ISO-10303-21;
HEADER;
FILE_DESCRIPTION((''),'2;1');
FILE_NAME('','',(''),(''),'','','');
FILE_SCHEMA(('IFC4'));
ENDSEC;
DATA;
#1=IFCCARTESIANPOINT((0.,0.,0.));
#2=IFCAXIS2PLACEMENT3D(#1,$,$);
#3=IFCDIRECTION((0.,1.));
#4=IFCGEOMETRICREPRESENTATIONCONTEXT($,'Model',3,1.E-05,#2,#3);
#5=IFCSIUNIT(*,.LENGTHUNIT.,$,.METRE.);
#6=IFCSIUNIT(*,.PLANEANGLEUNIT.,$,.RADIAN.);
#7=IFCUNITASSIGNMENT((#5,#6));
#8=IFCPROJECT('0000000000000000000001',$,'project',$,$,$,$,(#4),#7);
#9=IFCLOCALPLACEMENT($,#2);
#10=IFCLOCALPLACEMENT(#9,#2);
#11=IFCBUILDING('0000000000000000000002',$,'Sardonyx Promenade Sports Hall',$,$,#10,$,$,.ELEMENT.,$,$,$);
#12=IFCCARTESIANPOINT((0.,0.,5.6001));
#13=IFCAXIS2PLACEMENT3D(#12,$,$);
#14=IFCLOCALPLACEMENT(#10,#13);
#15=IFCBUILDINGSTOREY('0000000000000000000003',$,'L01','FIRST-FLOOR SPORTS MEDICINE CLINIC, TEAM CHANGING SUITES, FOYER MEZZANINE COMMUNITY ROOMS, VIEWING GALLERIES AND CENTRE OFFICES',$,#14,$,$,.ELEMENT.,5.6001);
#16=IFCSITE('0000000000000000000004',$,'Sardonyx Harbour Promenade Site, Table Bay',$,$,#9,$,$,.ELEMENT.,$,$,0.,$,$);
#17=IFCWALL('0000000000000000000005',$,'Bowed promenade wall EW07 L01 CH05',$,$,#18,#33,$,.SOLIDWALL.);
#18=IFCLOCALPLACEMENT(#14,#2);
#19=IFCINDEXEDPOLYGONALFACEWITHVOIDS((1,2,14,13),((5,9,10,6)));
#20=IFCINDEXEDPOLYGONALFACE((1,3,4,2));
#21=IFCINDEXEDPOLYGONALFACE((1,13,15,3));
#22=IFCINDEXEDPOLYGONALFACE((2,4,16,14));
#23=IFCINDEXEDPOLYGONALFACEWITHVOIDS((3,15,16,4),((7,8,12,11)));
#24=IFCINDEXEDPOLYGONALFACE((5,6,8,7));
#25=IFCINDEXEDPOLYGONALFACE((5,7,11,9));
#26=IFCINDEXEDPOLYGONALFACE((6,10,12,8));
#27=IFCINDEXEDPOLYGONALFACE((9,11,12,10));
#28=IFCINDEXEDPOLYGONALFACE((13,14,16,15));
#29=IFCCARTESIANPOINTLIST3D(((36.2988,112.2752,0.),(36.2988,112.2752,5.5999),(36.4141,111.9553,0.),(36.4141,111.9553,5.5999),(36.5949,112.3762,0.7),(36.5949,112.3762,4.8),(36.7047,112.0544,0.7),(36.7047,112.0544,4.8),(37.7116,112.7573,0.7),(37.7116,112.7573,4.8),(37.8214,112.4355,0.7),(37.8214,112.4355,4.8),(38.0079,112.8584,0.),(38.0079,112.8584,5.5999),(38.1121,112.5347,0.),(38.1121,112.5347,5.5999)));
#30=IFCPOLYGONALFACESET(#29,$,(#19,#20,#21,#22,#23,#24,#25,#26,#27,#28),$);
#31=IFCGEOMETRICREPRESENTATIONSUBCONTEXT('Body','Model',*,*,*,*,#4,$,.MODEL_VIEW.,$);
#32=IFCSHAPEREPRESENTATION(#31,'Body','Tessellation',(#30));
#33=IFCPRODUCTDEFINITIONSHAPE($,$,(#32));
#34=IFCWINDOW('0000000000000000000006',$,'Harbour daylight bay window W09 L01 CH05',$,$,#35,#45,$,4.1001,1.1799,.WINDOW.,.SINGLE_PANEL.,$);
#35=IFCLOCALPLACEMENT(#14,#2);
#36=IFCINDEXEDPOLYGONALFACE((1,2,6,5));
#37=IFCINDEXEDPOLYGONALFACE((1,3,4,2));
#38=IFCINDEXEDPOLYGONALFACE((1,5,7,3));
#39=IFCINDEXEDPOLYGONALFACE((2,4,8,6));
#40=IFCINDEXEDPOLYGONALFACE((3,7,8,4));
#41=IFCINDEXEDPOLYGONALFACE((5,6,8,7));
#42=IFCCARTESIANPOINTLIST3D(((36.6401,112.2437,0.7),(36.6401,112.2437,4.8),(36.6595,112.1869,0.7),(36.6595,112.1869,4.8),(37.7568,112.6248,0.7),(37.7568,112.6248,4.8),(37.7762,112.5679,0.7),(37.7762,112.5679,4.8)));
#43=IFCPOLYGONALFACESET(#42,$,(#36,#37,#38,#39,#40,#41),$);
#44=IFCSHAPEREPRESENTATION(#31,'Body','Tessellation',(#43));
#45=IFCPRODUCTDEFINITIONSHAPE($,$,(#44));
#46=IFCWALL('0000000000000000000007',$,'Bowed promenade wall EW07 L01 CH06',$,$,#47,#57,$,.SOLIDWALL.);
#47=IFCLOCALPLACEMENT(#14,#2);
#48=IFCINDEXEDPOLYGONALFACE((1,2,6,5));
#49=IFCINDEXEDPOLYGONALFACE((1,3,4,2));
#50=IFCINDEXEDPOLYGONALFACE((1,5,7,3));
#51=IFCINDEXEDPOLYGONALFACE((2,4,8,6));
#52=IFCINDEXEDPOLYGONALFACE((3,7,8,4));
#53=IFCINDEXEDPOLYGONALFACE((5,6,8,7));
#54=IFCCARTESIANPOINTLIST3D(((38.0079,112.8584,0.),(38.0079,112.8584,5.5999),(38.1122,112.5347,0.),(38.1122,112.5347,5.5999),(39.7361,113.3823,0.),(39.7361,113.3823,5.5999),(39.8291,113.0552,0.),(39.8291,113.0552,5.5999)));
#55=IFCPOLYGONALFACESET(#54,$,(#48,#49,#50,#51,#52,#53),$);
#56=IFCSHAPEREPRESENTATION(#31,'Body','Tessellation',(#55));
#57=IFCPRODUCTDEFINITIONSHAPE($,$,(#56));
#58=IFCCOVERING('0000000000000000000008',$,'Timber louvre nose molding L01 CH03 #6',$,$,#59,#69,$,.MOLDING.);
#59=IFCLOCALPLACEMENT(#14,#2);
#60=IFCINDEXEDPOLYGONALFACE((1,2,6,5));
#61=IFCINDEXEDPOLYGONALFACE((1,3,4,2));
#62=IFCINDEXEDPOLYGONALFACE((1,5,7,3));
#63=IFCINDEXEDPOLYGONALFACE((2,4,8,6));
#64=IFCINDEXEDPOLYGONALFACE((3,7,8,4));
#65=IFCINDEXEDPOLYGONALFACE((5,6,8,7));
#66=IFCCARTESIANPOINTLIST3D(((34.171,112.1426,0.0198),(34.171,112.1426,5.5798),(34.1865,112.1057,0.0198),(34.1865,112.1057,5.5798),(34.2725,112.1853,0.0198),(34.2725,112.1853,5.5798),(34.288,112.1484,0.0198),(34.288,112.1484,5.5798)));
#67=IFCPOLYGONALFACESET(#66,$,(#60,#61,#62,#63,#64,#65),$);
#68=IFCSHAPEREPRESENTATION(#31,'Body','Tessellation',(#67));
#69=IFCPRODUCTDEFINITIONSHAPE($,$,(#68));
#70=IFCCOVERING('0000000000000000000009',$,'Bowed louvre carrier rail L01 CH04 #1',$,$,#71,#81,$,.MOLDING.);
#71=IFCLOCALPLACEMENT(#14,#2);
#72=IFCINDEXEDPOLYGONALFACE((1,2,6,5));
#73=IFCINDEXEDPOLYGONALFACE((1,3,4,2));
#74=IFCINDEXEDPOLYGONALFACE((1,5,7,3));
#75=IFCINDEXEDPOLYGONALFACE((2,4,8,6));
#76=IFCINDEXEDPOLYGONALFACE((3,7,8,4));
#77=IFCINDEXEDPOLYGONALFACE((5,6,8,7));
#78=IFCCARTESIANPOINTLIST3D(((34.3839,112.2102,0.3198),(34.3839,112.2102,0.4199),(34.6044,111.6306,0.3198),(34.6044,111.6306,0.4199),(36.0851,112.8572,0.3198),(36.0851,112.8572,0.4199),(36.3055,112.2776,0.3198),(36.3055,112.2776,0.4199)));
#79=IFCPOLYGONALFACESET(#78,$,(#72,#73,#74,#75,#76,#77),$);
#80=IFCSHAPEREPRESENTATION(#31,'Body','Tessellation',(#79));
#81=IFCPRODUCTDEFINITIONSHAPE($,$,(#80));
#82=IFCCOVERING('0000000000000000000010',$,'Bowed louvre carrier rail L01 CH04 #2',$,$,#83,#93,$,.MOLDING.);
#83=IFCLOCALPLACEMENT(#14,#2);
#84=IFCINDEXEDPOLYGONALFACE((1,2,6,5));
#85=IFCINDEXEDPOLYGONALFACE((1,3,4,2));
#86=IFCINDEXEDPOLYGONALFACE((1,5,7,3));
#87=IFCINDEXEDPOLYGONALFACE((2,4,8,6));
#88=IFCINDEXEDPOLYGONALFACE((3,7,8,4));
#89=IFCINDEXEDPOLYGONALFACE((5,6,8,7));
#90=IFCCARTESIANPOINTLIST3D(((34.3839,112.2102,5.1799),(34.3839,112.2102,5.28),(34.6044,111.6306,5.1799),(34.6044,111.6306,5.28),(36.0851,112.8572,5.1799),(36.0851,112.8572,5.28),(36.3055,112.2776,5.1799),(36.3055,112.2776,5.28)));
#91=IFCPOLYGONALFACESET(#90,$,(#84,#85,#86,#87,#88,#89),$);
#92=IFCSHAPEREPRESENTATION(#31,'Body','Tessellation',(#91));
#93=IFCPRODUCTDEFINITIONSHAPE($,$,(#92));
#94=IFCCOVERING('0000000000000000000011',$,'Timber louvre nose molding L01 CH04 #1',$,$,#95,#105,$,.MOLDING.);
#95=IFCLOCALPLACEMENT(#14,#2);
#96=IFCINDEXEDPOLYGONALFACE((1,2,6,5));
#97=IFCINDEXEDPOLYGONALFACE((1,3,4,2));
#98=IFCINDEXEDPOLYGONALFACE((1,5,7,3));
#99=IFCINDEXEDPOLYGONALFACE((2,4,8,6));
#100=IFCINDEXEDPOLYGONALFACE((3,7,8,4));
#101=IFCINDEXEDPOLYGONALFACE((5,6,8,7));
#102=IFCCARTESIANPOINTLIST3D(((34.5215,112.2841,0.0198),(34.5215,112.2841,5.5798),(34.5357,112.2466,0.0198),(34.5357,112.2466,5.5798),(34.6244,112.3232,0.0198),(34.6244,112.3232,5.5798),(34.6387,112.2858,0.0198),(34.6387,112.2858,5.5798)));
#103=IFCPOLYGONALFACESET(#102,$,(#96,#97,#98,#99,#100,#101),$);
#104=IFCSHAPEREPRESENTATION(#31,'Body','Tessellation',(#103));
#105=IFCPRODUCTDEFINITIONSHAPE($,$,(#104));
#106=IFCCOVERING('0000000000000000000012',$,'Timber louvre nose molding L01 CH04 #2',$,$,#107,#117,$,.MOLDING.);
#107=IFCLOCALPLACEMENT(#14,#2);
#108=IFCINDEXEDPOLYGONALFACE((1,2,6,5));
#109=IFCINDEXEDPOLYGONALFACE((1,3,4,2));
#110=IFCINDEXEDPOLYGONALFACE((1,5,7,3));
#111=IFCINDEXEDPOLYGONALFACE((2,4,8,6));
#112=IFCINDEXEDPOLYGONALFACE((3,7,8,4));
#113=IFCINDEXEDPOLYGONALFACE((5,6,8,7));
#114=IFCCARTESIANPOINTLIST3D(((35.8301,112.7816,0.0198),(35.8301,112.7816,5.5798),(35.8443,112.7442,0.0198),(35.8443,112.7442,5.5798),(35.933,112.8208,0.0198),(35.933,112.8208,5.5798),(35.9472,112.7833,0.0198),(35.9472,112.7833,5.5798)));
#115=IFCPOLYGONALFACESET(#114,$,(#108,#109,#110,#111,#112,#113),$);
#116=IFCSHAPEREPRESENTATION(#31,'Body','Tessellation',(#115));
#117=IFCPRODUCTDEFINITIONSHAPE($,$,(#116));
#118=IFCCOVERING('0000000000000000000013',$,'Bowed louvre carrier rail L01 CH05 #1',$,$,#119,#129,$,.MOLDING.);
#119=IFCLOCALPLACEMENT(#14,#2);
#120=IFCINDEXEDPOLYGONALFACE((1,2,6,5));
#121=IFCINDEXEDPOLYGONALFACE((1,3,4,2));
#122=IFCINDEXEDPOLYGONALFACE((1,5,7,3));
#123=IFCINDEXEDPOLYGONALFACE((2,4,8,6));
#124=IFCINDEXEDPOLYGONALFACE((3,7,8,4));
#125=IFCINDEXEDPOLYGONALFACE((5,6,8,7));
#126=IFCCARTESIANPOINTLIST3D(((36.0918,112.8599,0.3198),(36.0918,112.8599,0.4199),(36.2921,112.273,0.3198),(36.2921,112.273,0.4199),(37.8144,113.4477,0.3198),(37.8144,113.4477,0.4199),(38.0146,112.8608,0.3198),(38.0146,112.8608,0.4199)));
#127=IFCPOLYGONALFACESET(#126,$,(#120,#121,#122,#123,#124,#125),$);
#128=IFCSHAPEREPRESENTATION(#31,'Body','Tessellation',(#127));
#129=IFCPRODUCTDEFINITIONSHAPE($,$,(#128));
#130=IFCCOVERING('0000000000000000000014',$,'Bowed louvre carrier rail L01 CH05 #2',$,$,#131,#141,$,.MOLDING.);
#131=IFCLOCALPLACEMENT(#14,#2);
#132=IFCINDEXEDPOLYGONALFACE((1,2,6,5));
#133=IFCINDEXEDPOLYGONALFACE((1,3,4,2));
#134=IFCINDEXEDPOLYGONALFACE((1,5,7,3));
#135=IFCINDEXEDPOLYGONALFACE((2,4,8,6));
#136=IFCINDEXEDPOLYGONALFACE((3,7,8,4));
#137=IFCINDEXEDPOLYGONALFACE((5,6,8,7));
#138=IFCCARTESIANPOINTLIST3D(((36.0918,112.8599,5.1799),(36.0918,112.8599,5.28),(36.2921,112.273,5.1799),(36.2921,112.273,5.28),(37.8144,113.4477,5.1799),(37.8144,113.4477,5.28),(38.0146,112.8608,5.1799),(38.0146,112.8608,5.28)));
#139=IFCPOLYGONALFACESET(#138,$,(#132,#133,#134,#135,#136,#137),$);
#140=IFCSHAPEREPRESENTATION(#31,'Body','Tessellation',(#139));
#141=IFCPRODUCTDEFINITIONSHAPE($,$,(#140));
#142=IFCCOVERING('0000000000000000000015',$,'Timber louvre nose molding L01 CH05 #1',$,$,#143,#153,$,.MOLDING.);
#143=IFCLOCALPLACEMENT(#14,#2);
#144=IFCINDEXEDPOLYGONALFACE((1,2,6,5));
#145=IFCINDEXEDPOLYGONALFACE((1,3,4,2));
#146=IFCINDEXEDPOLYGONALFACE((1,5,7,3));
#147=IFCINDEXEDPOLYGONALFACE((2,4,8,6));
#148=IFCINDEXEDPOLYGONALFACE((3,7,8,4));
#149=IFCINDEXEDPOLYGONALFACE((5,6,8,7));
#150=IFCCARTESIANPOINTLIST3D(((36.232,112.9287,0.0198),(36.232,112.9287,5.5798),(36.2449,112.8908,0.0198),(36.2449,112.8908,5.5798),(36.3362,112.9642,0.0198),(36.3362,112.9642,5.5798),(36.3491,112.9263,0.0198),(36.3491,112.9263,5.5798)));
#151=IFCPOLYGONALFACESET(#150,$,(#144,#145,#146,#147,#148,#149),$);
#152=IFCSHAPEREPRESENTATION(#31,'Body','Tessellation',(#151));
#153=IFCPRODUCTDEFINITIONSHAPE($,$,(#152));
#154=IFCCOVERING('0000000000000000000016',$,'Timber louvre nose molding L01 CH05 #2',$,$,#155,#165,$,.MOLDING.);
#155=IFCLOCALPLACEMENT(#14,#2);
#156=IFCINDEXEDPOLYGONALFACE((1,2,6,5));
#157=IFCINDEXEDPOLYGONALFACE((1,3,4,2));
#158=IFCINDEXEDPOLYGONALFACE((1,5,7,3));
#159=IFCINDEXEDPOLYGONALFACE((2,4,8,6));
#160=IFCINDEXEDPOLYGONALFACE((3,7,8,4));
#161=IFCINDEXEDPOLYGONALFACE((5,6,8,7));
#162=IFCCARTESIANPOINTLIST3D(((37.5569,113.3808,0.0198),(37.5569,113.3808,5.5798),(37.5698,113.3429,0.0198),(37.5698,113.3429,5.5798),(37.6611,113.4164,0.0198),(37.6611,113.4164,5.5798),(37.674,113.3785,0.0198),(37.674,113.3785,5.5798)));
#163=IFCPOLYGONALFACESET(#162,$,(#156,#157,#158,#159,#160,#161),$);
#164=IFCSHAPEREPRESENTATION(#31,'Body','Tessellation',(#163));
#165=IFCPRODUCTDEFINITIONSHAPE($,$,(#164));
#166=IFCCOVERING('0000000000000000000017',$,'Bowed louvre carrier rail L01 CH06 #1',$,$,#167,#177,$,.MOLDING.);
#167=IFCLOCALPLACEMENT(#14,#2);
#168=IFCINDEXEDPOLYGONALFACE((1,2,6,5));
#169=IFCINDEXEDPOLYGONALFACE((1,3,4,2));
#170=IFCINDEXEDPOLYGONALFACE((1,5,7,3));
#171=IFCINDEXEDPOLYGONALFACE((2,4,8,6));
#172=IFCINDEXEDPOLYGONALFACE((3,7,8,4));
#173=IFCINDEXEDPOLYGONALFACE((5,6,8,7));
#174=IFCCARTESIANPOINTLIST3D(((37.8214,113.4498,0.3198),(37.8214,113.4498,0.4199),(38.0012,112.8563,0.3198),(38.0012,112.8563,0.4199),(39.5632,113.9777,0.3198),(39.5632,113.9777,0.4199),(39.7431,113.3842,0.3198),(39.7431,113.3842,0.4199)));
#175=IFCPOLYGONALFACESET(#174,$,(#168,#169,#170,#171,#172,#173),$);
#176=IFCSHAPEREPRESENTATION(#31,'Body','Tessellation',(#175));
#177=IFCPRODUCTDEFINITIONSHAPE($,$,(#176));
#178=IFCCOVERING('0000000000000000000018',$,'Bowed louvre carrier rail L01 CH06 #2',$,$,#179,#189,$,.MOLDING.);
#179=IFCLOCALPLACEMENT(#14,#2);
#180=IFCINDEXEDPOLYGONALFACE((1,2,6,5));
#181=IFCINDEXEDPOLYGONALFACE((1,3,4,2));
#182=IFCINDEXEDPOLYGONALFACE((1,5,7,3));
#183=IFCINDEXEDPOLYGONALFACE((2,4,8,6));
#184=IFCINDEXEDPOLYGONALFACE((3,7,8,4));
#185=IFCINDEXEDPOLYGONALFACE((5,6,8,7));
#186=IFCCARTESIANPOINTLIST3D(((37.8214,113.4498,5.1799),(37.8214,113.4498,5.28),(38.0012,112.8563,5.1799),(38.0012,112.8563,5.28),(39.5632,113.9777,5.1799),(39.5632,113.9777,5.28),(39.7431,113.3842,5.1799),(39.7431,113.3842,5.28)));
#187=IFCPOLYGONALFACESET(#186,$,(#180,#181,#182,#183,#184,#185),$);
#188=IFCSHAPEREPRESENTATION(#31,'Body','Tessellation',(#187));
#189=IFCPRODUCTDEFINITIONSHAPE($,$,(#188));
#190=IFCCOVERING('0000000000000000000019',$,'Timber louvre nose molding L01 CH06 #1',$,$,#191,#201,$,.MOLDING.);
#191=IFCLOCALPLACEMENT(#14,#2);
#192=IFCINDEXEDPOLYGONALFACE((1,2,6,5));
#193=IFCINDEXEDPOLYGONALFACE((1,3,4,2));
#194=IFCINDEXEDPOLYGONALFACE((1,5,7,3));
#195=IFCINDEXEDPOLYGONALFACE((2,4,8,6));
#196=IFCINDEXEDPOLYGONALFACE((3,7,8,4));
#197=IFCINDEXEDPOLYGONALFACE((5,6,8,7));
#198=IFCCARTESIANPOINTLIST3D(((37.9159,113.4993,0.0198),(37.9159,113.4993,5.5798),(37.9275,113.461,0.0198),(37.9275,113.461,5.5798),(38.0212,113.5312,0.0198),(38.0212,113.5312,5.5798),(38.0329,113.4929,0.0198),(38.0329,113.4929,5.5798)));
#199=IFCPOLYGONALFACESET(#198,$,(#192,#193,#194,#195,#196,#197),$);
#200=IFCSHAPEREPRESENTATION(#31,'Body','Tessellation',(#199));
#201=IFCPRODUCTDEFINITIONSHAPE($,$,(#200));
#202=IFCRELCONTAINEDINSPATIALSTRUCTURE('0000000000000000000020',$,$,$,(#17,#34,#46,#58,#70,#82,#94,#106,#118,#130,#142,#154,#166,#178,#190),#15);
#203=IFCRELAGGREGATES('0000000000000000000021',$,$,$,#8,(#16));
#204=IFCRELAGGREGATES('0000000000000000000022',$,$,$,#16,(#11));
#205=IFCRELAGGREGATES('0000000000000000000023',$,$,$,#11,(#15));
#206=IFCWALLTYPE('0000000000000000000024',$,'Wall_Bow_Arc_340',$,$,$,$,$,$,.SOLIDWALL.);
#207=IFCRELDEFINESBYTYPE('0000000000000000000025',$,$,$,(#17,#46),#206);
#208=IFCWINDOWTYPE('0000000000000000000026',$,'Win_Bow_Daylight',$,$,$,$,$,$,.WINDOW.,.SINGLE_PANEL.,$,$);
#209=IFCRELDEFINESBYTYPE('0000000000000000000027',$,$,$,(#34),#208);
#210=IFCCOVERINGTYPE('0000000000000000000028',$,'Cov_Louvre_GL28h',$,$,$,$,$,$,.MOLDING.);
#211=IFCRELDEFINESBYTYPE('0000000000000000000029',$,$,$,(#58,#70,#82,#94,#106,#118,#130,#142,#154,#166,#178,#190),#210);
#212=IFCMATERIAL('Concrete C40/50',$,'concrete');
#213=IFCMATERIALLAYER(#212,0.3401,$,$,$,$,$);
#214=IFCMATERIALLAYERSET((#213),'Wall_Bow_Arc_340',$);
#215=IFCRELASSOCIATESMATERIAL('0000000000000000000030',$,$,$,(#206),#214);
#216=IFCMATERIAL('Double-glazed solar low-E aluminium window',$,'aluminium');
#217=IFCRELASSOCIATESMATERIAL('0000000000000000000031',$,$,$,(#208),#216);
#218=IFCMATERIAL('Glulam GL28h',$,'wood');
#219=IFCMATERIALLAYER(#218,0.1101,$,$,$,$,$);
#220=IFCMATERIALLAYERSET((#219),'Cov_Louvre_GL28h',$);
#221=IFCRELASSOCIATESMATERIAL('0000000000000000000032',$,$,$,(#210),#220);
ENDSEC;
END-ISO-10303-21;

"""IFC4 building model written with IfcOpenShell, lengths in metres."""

from ifc_helpers import new_model, si_unit, direction, frame, frame_2d, origin, origin_2d, place, context, subcontext, project, spatial, polyline, rectangle, outline, extrude, material, layer, layer_set, type_object, element, fill, save


model = new_model("IFC4")

# Units and contexts
model_context = context("Model", 3, precision=1e-05, world=origin(), true_north=direction((0.0, 1.0)))
body_context = subcontext(model_context, "Body", "Model", "MODEL_VIEW")
ifc_project = project(units=[si_unit("LENGTHUNIT", "METRE"), si_unit("PLANEANGLEUNIT", "RADIAN")], contexts=[model_context])

# Site, building, storey
site_placement = place(None, origin())
site = spatial("IfcSite", under=ifc_project, at=site_placement, Name="Sardonyx Harbour Promenade Site, Table Bay", CompositionType="ELEMENT", RefElevation=0.0)
building_placement = place(site_placement, origin())
building = spatial("IfcBuilding", under=site, at=building_placement, Name="Sardonyx Promenade Sports Hall", CompositionType="ELEMENT")
storey_placement = place(building_placement, frame((0.0, 0.0, 5.6001)))
storey = spatial("IfcBuildingStorey", under=building, at=storey_placement, Name="L01", Description="FIRST-FLOOR SPORTS MEDICINE CLINIC, TEAM CHANGING SUITES, FOYER MEZZANINE COMMUNITY ROOMS, VIEWING GALLERIES AND CENTRE OFFICES", CompositionType="ELEMENT", Elevation=5.6001)

# Wall, opening, window
ifc_material_1 = material(Name="Concrete C40/50", Category="concrete")
ifc_layer_1 = layer(ifc_material_1, 0.3401)
ifc_layer_set_1 = layer_set([ifc_layer_1], Name="Wall_Bow_Arc_340")
wall_type = type_object("IfcWallType", Name="Wall_Bow_Arc_340", PredefinedType="SOLIDWALL", material=ifc_layer_set_1)
wall_1_placement = place(storey_placement, frame((36.3564, 112.1152, 0.0), z_axis=(0.0, 0.0, 1.0), x_axis=(0.946422, 0.322934, 0.0)))
wall_1 = element("IfcWall", 1, at=wall_1_placement, inside=storey, type_object=wall_type, Name="Bowed promenade wall EW07 L01 CH05", PredefinedType="SOLIDWALL", context=body_context, shape_type="SweptSolid", body=[
    extrude(outline(polyline([(0.0029, -0.17), (1.7971, -0.17), (1.8029, 0.17), (-0.0029, 0.17), (0.0029, -0.17)])), origin(), (0.0, 0.0, 1.0), 5.5999),
])
opening_placement = place(wall_1_placement, frame((0.3101, 0.0, 0.7)))
opening = element("IfcOpeningElement", 2, at=opening_placement, cuts=wall_1, PredefinedType="OPENING", context=body_context, shape_type="SweptSolid", body=[
    extrude(rectangle(XDim=1.1799, YDim=4.1001, at=frame_2d((0.5898, 2.05))), frame((0.0, 0.18, 0.0), z_axis=(0.0, -1.0, 0.0), x_axis=(1.0, 0.0, 0.0)), (0.0, 0.0, 1.0), 0.36),
])
ifc_material_2 = material(Name="Double-glazed solar low-E aluminium window", Category="aluminium")
window_type = type_object("IfcWindowType", Name="Win_Bow_Daylight", PartitioningType="SINGLE_PANEL", PredefinedType="WINDOW", material=ifc_material_2)
window_placement = place(opening_placement, origin())
window = element("IfcWindow", 3, at=window_placement, inside=storey, type_object=window_type, Name="Harbour daylight bay window W09 L01 CH05", OverallHeight=4.1001, OverallWidth=1.1799, PartitioningType="SINGLE_PANEL", PredefinedType="WINDOW", context=body_context, shape_type="SweptSolid", body=[
    extrude(rectangle(XDim=1.1799, YDim=4.1001, at=frame_2d((0.5898, 2.05))), frame((0.0, 0.03, 0.0), z_axis=(0.0, -1.0, 0.0), x_axis=(1.0, 0.0, 0.0)), (0.0, 0.0, 1.0), 0.0601),
])
fill(opening, window)

# Wall
wall_2_placement = place(storey_placement, frame((38.0601, 112.6965, 0.0), z_axis=(0.0, 0.0, 1.0), x_axis=(0.956994, 0.290109, 0.0)))
element("IfcWall", 4, at=wall_2_placement, inside=storey, type_object=wall_type, Name="Bowed promenade wall EW07 L01 CH06", PredefinedType="SOLIDWALL", context=body_context, shape_type="SweptSolid", body=[
    extrude(outline(polyline([(0.0029, -0.17), (1.7971, -0.17), (1.8029, 0.17), (-0.0029, 0.17), (0.0029, -0.17)])), origin(), (0.0, 0.0, 1.0), 5.5999),
])

# Coverings
ifc_material_3 = material(Name="Glulam GL28h", Category="wood")
ifc_layer_2 = layer(ifc_material_3, 0.1101)
ifc_layer_set_2 = layer_set([ifc_layer_2], Name="Cov_Louvre_GL28h")
covering_type = type_object("IfcCoveringType", Name="Cov_Louvre_GL28h", PredefinedType="MOLDING", material=ifc_layer_set_2)
covering_placement = place(storey_placement, frame((34.2295, 112.1455, 0.0198), z_axis=(0.0, 0.0, 1.0), x_axis=(0.9218, 0.387665, 0.0)))
element("IfcCovering", 5, at=covering_placement, inside=storey, type_object=covering_type, Name="Timber louvre nose molding L01 CH03 #6", PredefinedType="MOLDING", context=body_context, shape_type="SweptSolid", body=[
    extrude(rectangle(XDim=0.1101, YDim=0.04, at=origin_2d()), origin(), (0.0, 0.0, 1.0), 5.5601),
])
for number, where, z_axis, x_axis, name in (
    (6, (35.3447, 112.2439, 0.3198), (0.0, 0.0, 1.0), (0.934666, 0.355528, 0.0), "Bowed louvre carrier rail L01 CH04 #1"),
    (7, (35.3447, 112.2439, 5.1799), (0.0, 0.0, 1.0), (0.934666, 0.355528, 0.0), "Bowed louvre carrier rail L01 CH04 #2"),
):
    element("IfcCovering", number, at=place(storey_placement, frame(where, z_axis=z_axis, x_axis=x_axis)), inside=storey, type_object=covering_type, Name=name, PredefinedType="MOLDING", context=body_context, shape_type="SweptSolid", body=[
        extrude(rectangle(XDim=1.8201, YDim=0.6201, at=origin_2d()), origin(), (0.0, 0.0, 1.0), 0.1001),
    ])
for number, where, z_axis, x_axis, name in (
    (8, (34.5801, 112.2849, 0.0198), (0.0, 0.0, 1.0), (0.934666, 0.355528, 0.0), "Timber louvre nose molding L01 CH04 #1"),
    (9, (35.8887, 112.7825, 0.0198), (0.0, 0.0, 1.0), (0.934666, 0.355528, 0.0), "Timber louvre nose molding L01 CH04 #2"),
):
    element("IfcCovering", number, at=place(storey_placement, frame(where, z_axis=z_axis, x_axis=x_axis)), inside=storey, type_object=covering_type, Name=name, PredefinedType="MOLDING", context=body_context, shape_type="SweptSolid", body=[
        extrude(rectangle(XDim=0.1101, YDim=0.04, at=origin_2d()), origin(), (0.0, 0.0, 1.0), 5.5601),
    ])
for number, where, z_axis, x_axis, name in (
    (10, (37.0532, 112.8604, 0.3198), (0.0, 0.0, 1.0), (0.946411, 0.322966, 0.0), "Bowed louvre carrier rail L01 CH05 #1"),
    (11, (37.0532, 112.8604, 5.1799), (0.0, 0.0, 1.0), (0.946411, 0.322966, 0.0), "Bowed louvre carrier rail L01 CH05 #2"),
):
    element("IfcCovering", number, at=place(storey_placement, frame(where, z_axis=z_axis, x_axis=x_axis)), inside=storey, type_object=covering_type, Name=name, PredefinedType="MOLDING", context=body_context, shape_type="SweptSolid", body=[
        extrude(rectangle(XDim=1.8201, YDim=0.6201, at=origin_2d()), origin(), (0.0, 0.0, 1.0), 0.1001),
    ])
for number, where, z_axis, x_axis, name in (
    (12, (36.2905, 112.9275, 0.0198), (0.0, 0.0, 1.0), (0.946411, 0.322966, 0.0), "Timber louvre nose molding L01 CH05 #1"),
    (13, (37.6155, 113.3796, 0.0198), (0.0, 0.0, 1.0), (0.946411, 0.322966, 0.0), "Timber louvre nose molding L01 CH05 #2"),
):
    element("IfcCovering", number, at=place(storey_placement, frame(where, z_axis=z_axis, x_axis=x_axis)), inside=storey, type_object=covering_type, Name=name, PredefinedType="MOLDING", context=body_context, shape_type="SweptSolid", body=[
        extrude(rectangle(XDim=0.1101, YDim=0.04, at=origin_2d()), origin(), (0.0, 0.0, 1.0), 5.5601),
    ])
for number, where, z_axis, x_axis, name in (
    (14, (38.7822, 113.417, 0.3198), (0.0, 0.0, 1.0), (0.957021, 0.290017, 0.0), "Bowed louvre carrier rail L01 CH06 #1"),
    (15, (38.7822, 113.417, 5.1799), (0.0, 0.0, 1.0), (0.957021, 0.290017, 0.0), "Bowed louvre carrier rail L01 CH06 #2"),
):
    element("IfcCovering", number, at=place(storey_placement, frame(where, z_axis=z_axis, x_axis=x_axis)), inside=storey, type_object=covering_type, Name=name, PredefinedType="MOLDING", context=body_context, shape_type="SweptSolid", body=[
        extrude(rectangle(XDim=1.8201, YDim=0.6201, at=origin_2d()), origin(), (0.0, 0.0, 1.0), 0.1001),
    ])
for number, where, z_axis, x_axis, name in (
    (16, (37.9744, 113.4961, 0.0198), (0.0, 0.0, 1.0), (0.957021, 0.290017, 0.0), "Timber louvre nose molding L01 CH06 #1"),
):
    element("IfcCovering", number, at=place(storey_placement, frame(where, z_axis=z_axis, x_axis=x_axis)), inside=storey, type_object=covering_type, Name=name, PredefinedType="MOLDING", context=body_context, shape_type="SweptSolid", body=[
        extrude(rectangle(XDim=0.1101, YDim=0.04, at=origin_2d()), origin(), (0.0, 0.0, 1.0), 5.5601),
    ])

save(model, "model.ifc")
